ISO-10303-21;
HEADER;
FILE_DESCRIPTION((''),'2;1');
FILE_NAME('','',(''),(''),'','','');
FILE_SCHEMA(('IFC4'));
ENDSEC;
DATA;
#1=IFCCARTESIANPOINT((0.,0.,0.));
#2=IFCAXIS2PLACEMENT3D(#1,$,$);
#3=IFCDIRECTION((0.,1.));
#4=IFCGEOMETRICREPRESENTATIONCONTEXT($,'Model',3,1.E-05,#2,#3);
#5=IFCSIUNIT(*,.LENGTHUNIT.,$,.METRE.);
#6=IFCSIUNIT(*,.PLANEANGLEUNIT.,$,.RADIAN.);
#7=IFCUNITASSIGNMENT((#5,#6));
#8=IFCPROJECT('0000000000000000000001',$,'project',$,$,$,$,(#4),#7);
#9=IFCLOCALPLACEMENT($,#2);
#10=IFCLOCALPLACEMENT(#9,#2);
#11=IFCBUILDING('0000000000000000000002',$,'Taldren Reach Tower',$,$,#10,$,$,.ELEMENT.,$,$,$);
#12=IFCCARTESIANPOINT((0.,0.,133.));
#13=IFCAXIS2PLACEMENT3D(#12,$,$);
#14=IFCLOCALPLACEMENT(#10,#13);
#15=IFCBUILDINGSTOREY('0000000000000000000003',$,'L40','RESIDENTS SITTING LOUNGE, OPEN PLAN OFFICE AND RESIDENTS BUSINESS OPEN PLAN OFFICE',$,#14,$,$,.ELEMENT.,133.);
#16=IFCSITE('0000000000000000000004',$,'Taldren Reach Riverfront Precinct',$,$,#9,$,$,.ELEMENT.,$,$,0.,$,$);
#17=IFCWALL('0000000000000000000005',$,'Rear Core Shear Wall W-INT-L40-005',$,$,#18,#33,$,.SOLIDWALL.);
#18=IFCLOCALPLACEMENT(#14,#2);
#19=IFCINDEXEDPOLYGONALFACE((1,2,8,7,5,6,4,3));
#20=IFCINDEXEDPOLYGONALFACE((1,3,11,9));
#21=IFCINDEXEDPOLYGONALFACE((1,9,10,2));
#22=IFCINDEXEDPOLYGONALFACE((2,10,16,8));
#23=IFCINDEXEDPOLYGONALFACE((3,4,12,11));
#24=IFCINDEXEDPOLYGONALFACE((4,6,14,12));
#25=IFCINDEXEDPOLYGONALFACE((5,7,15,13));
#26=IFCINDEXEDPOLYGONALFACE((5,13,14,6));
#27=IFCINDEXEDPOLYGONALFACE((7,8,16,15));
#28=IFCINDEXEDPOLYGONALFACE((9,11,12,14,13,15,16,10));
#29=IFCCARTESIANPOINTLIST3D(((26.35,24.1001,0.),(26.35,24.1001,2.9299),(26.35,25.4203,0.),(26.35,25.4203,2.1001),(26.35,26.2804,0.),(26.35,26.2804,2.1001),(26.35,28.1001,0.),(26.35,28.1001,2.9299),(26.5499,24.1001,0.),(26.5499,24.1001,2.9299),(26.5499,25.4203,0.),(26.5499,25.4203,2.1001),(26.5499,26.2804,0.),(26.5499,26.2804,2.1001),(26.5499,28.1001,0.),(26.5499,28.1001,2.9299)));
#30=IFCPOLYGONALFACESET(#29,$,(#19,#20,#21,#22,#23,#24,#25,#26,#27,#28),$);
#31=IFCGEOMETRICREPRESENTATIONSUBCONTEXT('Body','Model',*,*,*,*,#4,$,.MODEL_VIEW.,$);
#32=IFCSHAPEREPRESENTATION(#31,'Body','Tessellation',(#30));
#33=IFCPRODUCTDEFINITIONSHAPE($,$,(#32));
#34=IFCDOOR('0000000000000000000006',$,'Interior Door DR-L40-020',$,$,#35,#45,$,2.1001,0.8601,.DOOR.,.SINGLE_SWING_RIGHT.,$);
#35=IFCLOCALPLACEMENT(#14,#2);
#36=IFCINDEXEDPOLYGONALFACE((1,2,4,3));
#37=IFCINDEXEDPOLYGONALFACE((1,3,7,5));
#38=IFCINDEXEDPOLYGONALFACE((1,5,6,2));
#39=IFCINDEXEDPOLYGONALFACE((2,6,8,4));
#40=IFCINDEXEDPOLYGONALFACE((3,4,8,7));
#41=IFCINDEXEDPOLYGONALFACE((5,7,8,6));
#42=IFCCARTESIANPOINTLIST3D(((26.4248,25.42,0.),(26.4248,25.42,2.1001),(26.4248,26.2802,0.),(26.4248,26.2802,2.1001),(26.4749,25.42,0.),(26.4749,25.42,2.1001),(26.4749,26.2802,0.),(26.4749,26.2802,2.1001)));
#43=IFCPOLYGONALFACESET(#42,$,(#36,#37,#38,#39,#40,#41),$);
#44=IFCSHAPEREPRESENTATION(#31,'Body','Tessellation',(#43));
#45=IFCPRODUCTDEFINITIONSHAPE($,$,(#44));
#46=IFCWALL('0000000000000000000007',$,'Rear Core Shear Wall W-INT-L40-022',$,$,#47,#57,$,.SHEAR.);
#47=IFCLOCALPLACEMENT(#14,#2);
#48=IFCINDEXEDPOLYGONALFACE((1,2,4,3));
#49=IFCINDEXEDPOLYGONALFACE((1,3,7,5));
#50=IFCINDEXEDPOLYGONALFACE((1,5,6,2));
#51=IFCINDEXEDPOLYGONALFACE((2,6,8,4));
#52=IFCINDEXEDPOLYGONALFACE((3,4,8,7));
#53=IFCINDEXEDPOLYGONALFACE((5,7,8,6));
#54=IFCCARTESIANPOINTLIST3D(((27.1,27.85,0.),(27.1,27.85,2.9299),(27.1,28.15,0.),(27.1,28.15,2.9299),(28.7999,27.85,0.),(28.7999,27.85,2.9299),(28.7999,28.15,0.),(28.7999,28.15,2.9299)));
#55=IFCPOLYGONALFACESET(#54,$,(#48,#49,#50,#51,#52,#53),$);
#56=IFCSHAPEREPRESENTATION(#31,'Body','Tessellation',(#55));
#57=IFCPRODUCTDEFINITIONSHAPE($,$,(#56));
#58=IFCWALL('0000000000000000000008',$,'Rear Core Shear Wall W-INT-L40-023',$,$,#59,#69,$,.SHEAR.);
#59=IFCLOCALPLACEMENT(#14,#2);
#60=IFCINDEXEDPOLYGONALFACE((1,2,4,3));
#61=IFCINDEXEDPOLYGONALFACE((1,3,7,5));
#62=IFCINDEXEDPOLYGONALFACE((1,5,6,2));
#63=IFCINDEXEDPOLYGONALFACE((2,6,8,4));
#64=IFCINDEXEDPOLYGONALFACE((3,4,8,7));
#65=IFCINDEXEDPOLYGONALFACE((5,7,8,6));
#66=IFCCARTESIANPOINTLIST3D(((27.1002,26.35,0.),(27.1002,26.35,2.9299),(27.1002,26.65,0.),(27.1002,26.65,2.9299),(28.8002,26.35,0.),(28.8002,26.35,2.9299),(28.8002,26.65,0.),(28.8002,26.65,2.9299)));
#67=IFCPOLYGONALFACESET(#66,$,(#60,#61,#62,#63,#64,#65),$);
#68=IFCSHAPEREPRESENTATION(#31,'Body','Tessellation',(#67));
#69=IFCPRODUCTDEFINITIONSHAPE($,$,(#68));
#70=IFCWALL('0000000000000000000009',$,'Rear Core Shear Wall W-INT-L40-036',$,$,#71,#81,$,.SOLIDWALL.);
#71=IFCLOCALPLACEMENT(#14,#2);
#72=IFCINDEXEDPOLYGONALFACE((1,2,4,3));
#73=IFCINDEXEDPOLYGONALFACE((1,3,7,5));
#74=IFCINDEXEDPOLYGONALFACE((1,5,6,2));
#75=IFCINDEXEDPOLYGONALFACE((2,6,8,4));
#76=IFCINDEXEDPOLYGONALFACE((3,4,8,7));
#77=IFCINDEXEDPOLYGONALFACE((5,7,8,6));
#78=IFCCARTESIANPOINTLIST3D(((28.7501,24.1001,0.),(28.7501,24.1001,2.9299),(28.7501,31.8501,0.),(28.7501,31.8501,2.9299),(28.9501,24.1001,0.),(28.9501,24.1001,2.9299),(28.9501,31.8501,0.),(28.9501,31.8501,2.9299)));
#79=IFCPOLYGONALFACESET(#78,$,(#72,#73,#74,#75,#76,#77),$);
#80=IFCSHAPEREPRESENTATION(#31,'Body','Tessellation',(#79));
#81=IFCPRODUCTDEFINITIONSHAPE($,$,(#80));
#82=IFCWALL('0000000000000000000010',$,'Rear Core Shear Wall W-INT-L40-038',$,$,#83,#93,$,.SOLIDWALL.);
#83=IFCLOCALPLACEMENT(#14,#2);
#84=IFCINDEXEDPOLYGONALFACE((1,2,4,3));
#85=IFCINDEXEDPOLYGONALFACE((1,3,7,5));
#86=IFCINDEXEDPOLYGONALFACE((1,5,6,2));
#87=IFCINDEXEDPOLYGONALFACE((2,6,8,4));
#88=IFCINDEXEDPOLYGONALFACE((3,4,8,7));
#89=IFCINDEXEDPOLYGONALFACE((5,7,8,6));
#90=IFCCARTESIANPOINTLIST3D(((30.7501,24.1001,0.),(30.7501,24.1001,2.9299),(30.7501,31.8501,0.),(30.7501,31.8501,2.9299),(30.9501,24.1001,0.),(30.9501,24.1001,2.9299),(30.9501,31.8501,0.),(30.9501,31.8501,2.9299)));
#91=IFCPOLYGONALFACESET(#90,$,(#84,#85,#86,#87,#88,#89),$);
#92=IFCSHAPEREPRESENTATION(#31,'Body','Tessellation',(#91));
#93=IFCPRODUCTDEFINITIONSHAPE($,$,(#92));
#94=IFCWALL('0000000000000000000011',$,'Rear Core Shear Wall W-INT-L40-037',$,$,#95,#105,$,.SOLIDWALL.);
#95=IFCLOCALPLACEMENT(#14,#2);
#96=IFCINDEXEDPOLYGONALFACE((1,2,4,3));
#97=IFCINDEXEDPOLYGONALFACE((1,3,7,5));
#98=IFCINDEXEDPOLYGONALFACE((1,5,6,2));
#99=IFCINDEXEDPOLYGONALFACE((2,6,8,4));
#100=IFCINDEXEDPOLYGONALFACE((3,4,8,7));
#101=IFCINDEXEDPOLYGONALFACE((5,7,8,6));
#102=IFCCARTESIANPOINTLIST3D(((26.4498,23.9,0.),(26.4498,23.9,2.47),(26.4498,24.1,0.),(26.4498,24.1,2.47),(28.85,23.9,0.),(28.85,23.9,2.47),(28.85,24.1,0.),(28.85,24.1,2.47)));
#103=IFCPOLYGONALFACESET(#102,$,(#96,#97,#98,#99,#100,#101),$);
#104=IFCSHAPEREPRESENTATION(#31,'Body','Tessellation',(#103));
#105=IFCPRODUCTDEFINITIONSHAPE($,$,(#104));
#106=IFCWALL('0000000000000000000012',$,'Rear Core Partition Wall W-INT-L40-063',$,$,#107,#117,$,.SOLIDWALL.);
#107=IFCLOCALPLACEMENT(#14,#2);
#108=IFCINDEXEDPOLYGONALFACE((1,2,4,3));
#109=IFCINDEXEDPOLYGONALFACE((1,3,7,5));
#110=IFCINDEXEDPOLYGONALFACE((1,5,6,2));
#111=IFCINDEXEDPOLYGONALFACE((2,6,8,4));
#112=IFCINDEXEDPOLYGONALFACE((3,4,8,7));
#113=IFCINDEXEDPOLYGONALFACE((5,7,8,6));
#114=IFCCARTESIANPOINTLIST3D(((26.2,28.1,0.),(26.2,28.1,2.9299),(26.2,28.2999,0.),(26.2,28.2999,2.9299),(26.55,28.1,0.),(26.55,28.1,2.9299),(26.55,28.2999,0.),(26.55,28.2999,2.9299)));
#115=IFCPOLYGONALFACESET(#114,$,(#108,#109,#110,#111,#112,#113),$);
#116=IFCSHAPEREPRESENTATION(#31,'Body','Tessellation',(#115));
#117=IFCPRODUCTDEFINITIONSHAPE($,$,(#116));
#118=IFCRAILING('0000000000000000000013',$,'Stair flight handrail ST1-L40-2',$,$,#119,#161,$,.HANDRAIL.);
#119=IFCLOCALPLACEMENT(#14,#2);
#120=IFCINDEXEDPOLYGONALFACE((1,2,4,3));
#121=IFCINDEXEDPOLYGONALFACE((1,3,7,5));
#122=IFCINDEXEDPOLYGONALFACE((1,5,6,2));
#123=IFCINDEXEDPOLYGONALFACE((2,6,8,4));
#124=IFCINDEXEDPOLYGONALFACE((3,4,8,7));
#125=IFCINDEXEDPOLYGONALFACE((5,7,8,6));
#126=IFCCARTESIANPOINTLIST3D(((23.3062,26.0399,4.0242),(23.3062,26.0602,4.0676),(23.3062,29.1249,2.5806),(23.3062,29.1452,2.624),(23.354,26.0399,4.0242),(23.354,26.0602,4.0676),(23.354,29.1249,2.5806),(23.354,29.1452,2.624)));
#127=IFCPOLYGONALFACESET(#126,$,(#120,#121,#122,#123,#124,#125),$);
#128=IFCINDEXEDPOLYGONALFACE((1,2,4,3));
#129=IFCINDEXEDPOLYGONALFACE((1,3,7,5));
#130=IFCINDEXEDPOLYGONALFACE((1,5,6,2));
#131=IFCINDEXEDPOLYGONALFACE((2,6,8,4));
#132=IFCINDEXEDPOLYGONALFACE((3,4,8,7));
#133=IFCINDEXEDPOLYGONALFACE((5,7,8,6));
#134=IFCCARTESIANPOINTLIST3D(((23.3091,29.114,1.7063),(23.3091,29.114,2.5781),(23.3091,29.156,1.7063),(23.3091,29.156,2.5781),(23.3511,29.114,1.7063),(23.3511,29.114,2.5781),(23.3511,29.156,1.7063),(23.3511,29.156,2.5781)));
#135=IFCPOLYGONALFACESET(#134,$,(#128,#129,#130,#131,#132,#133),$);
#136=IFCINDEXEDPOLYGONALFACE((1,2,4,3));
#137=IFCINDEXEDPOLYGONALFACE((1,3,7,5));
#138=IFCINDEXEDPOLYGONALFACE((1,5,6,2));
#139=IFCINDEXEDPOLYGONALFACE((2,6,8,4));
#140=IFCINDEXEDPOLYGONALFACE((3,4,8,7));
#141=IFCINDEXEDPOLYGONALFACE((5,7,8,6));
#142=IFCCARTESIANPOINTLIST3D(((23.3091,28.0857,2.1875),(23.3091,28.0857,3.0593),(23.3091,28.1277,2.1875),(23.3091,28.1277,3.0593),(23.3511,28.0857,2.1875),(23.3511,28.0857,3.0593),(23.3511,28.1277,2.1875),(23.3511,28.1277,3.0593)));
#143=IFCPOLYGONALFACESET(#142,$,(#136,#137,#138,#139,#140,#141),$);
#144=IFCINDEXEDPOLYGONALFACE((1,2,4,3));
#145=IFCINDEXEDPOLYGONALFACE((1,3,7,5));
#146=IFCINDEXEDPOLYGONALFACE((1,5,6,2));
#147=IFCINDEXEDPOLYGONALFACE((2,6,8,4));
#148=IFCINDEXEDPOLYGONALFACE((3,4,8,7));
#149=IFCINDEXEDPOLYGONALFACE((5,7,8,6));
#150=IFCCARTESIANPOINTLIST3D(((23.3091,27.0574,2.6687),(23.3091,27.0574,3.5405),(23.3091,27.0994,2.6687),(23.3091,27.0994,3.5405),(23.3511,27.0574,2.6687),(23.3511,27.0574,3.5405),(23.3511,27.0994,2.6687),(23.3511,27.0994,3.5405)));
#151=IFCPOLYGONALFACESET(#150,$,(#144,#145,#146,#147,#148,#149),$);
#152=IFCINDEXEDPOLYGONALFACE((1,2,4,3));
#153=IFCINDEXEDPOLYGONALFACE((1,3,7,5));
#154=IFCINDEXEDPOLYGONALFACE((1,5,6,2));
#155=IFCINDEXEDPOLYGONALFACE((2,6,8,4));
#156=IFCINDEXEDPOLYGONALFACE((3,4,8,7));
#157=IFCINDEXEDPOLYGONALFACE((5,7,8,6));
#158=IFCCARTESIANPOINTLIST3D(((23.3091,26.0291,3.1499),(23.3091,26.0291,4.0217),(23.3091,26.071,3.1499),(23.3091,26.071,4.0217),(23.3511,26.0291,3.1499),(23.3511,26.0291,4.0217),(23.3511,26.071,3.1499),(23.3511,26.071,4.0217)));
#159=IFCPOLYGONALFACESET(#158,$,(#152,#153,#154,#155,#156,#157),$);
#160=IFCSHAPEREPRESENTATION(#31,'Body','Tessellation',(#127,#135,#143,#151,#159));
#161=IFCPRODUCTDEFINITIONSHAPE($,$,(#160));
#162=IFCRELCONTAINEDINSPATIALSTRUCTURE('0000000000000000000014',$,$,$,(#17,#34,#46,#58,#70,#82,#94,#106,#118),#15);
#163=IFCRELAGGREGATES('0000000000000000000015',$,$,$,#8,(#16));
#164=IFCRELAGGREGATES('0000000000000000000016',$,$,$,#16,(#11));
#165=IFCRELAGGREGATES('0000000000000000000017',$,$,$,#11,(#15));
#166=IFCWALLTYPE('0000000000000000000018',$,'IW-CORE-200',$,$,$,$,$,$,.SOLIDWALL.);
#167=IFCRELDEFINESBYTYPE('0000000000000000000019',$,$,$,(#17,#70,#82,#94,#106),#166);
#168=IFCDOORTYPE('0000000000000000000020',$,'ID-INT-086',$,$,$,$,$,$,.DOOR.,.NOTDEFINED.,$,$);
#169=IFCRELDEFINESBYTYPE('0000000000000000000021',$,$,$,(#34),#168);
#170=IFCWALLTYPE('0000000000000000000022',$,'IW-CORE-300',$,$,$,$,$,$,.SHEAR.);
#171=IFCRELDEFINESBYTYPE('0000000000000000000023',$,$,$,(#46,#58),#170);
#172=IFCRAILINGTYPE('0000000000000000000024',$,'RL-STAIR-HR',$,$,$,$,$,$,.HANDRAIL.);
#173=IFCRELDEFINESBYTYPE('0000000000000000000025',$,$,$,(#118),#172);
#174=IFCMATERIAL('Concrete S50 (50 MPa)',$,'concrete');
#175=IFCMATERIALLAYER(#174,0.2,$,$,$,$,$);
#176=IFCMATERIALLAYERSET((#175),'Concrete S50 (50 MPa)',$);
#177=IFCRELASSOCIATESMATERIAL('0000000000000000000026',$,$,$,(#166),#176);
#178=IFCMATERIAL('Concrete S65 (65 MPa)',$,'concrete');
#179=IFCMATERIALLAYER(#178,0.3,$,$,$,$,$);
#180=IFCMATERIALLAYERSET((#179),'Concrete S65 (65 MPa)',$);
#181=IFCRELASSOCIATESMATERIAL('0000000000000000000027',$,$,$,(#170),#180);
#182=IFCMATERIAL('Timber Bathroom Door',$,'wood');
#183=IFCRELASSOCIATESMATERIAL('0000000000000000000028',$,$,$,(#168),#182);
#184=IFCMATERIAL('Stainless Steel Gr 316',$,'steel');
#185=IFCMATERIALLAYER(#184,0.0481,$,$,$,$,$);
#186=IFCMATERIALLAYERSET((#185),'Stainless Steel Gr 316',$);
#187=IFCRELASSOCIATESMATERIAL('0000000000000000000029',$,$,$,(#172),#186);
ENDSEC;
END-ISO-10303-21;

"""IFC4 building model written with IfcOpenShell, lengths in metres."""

from ifc_helpers import new_model, si_unit, direction, frame, frame_2d, origin, origin_2d, place, context, subcontext, project, spatial, rectangle, extrude, source, transform, mapped, material, layer, layer_set, type_object, element, fill, save


model = new_model("IFC4")

# Units and contexts
model_context = context("Model", 3, precision=1e-05, world=origin(), true_north=direction((0.0, 1.0)))
body_context = subcontext(model_context, "Body", "Model", "MODEL_VIEW")
ifc_project = project(units=[si_unit("LENGTHUNIT", "METRE"), si_unit("PLANEANGLEUNIT", "RADIAN")], contexts=[model_context])

# Site, building, storey
site_placement = place(None, origin())
site = spatial("IfcSite", under=ifc_project, at=site_placement, Name="Taldren Reach Riverfront Precinct", CompositionType="ELEMENT", RefElevation=0.0)
building_placement = place(site_placement, origin())
building = spatial("IfcBuilding", under=site, at=building_placement, Name="Taldren Reach Tower", CompositionType="ELEMENT")
storey_placement = place(building_placement, frame((0.0, 0.0, 133.0)))
storey = spatial("IfcBuildingStorey", under=building, at=storey_placement, Name="L40", Description="RESIDENTS SITTING LOUNGE, OPEN PLAN OFFICE AND RESIDENTS BUSINESS OPEN PLAN OFFICE", CompositionType="ELEMENT", Elevation=133.0)

# Shared definitions
ifc_material_1 = material(Name="Concrete S50 (50 MPa)", Category="concrete")
ifc_layer_1 = layer(ifc_material_1, 0.2)
ifc_layer_set_1 = layer_set([ifc_layer_1], Name="Concrete S50 (50 MPa)")
wall_type_1 = type_object("IfcWallType", Name="IW-CORE-200", PredefinedType="SOLIDWALL", material=ifc_layer_set_1)

# Shared definitions
ifc_material_2 = material(Name="Concrete S65 (65 MPa)", Category="concrete")
ifc_layer_2 = layer(ifc_material_2, 0.3)
ifc_layer_set_2 = layer_set([ifc_layer_2], Name="Concrete S65 (65 MPa)")
wall_type_2 = type_object("IfcWallType", Name="IW-CORE-300", PredefinedType="SHEAR", material=ifc_layer_set_2)

# Wall, opening, door
shared_shape_1 = source(origin(), body_context, "Body", "SweptSolid", [
    extrude(rectangle(XDim=4.0, YDim=0.2, at=frame_2d((2.0, 0.0))), origin(), (0.0, 0.0, 1.0), 2.9299),
])
wall_1_placement = place(storey_placement, frame((26.45, 24.1001, 0.0), z_axis=(0.0, 0.0, 1.0), x_axis=(0.0, 1.0, 0.0)))
wall_1 = element("IfcWall", 1, at=wall_1_placement, inside=storey, type_object=wall_type_1, Name="Rear Core Shear Wall W-INT-L40-005", PredefinedType="SOLIDWALL", context=body_context, shape_type="MappedRepresentation", body=[
    mapped(shared_shape_1, transform((0.0, 0.0, 0.0), scale=1.0)),
])
shared_shape_2 = source(origin(), body_context, "Body", "SweptSolid", [
    extrude(rectangle(XDim=0.8601, YDim=2.1001, at=frame_2d((0.4302, 1.05))), frame((0.0, 0.1099, 0.0), z_axis=(0.0, -1.0, 0.0), x_axis=(1.0, 0.0, 0.0)), (0.0, 0.0, 1.0), 0.22),
])
opening_1_placement = place(wall_1_placement, frame((1.3201, 0.0, 0.0)))
opening_1 = element("IfcOpeningElement", 2, at=opening_1_placement, cuts=wall_1, PredefinedType="OPENING", context=body_context, shape_type="MappedRepresentation", body=[
    mapped(shared_shape_2, transform((0.0, 0.0, 0.0), scale=1.0)),
])
ifc_material_3 = material(Name="Timber Bathroom Door", Category="wood")
door_type_1 = type_object("IfcDoorType", Name="ID-INT-086", OperationType="NOTDEFINED", PredefinedType="DOOR", material=ifc_material_3)
shared_shape_3 = source(origin(), body_context, "Body", "SweptSolid", [
    extrude(rectangle(XDim=0.8601, YDim=2.1001, at=frame_2d((0.4302, 1.05))), frame((0.0, 0.0249, 0.0), z_axis=(0.0, -1.0, 0.0), x_axis=(1.0, 0.0, 0.0)), (0.0, 0.0, 1.0), 0.05),
])
door_1_placement = place(opening_1_placement, frame((0.8601, 0.0, 0.0), z_axis=(0.0, 0.0, 1.0), x_axis=(-1.0, 0.0, 0.0)))
door_1 = element("IfcDoor", 3, at=door_1_placement, inside=storey, type_object=door_type_1, Name="Interior Door DR-L40-020", OperationType="SINGLE_SWING_RIGHT", OverallHeight=2.1001, OverallWidth=0.8601, PredefinedType="DOOR", context=body_context, shape_type="MappedRepresentation", body=[
    mapped(shared_shape_3, transform((0.0, 0.0, 0.0), scale=1.0)),
])
fill(opening_1, door_1)

# Walls
shared_shape_4 = source(origin(), body_context, "Body", "SweptSolid", [
    extrude(rectangle(XDim=1.7, YDim=0.3, at=frame_2d((0.8501, 0.0))), origin(), (0.0, 0.0, 1.0), 2.9299),
])
for number, where, z_axis, x_axis, name in (
    (4, (28.8, 28.0, 0.0), (0.0, 0.0, 1.0), (-1.0, 0.0, 0.0), "Rear Core Shear Wall W-INT-L40-022"),
    (5, (27.1001, 26.5, 0.0), (0.0, 0.0, 1.0), (1.0, 0.0, 0.0), "Rear Core Shear Wall W-INT-L40-023"),
):
    element("IfcWall", number, at=place(storey_placement, frame(where, z_axis=z_axis, x_axis=x_axis)), inside=storey, type_object=wall_type_2, Name=name, PredefinedType="SHEAR", context=body_context, shape_type="MappedRepresentation", body=[
        mapped(shared_shape_4, transform((0.0, 0.0, 0.0), scale=1.0)),
    ])

# Walls
shared_shape_5 = source(origin(), body_context, "Body", "SweptSolid", [
    extrude(rectangle(XDim=7.75, YDim=0.2, at=frame_2d((3.875, 0.0))), origin(), (0.0, 0.0, 1.0), 2.9299),
])
for number, where, z_axis, x_axis, name in (
    (6, (28.8501, 31.8501, 0.0), (0.0, 0.0, 1.0), (0.0, -1.0, 0.0), "Rear Core Shear Wall W-INT-L40-036"),
    (7, (30.8501, 31.8501, 0.0), (0.0, 0.0, 1.0), (0.0, -1.0, 0.0), "Rear Core Shear Wall W-INT-L40-038"),
):
    element("IfcWall", number, at=place(storey_placement, frame(where, z_axis=z_axis, x_axis=x_axis)), inside=storey, type_object=wall_type_1, Name=name, PredefinedType="SOLIDWALL", context=body_context, shape_type="MappedRepresentation", body=[
        mapped(shared_shape_5, transform((0.0, 0.0, 0.0), scale=1.0)),
    ])
shared_shape_6 = source(origin(), body_context, "Body", "SweptSolid", [
    extrude(rectangle(XDim=2.4001, YDim=0.2, at=frame_2d((1.2002, 0.0))), origin(), (0.0, 0.0, 1.0), 2.47),
])
wall_2_placement = place(storey_placement, frame((28.8501, 24.0, 0.0), z_axis=(0.0, 0.0, 1.0), x_axis=(-1.0, 0.0, 0.0)))
element("IfcWall", 8, at=wall_2_placement, inside=storey, type_object=wall_type_1, Name="Rear Core Shear Wall W-INT-L40-037", PredefinedType="SOLIDWALL", context=body_context, shape_type="MappedRepresentation", body=[
    mapped(shared_shape_6, transform((0.0, 0.0, 0.0), scale=1.0)),
])
shared_shape_7 = source(origin(), body_context, "Body", "SweptSolid", [
    extrude(rectangle(XDim=0.3501, YDim=0.2, at=frame_2d((0.175, 0.0))), origin(), (0.0, 0.0, 1.0), 2.9299),
])
wall_3_placement = place(storey_placement, frame((26.2, 28.2, 0.0), z_axis=(0.0, 0.0, 1.0), x_axis=(1.0, 0.0, 0.0)))
element("IfcWall", 9, at=wall_3_placement, inside=storey, type_object=wall_type_1, Name="Rear Core Partition Wall W-INT-L40-063", PredefinedType="SOLIDWALL", context=body_context, shape_type="MappedRepresentation", body=[
    mapped(shared_shape_7, transform((0.0, 0.0, 0.0), scale=1.0)),
])

# Railing
ifc_material_4 = material(Name="Stainless Steel Gr 316", Category="steel")
ifc_layer_3 = layer(ifc_material_4, 0.0481)
ifc_layer_set_3 = layer_set([ifc_layer_3], Name="Stainless Steel Gr 316")
railing_type = type_object("IfcRailingType", Name="RL-STAIR-HR", PredefinedType="HANDRAIL", material=ifc_layer_set_3)
railing_placement = place(storey_placement, frame((23.3301, 29.135, 1.7063)))
element("IfcRailing", 10, at=railing_placement, inside=storey, type_object=railing_type, Name="Stair flight handrail ST1-L40-2", PredefinedType="HANDRAIL", context=body_context, shape_type="SweptSolid", body=[
    extrude(rectangle(XDim=0.0479, YDim=0.0479, at=origin_2d()), frame((0.0, 0.0, 0.896), z_axis=(0.0, -0.905738, 0.423839), x_axis=(1.0, 0.0, 0.0)), (0.0, 0.0, 1.0), 3.406),
    extrude(rectangle(XDim=0.042, YDim=0.042, at=origin_2d()), origin(), (0.0, 0.0, 1.0), 0.8718),
    extrude(rectangle(XDim=0.042, YDim=0.042, at=origin_2d()), frame((0.0, -1.0283, 0.4812)), (0.0, 0.0, 1.0), 0.8718),
    extrude(rectangle(XDim=0.042, YDim=0.042, at=origin_2d()), frame((0.0, -2.0566, 0.9624)), (0.0, 0.0, 1.0), 0.8718),
    extrude(rectangle(XDim=0.042, YDim=0.042, at=origin_2d()), frame((0.0, -3.085, 1.4436)), (0.0, 0.0, 1.0), 0.8718),
])

save(model, "model.ifc")
